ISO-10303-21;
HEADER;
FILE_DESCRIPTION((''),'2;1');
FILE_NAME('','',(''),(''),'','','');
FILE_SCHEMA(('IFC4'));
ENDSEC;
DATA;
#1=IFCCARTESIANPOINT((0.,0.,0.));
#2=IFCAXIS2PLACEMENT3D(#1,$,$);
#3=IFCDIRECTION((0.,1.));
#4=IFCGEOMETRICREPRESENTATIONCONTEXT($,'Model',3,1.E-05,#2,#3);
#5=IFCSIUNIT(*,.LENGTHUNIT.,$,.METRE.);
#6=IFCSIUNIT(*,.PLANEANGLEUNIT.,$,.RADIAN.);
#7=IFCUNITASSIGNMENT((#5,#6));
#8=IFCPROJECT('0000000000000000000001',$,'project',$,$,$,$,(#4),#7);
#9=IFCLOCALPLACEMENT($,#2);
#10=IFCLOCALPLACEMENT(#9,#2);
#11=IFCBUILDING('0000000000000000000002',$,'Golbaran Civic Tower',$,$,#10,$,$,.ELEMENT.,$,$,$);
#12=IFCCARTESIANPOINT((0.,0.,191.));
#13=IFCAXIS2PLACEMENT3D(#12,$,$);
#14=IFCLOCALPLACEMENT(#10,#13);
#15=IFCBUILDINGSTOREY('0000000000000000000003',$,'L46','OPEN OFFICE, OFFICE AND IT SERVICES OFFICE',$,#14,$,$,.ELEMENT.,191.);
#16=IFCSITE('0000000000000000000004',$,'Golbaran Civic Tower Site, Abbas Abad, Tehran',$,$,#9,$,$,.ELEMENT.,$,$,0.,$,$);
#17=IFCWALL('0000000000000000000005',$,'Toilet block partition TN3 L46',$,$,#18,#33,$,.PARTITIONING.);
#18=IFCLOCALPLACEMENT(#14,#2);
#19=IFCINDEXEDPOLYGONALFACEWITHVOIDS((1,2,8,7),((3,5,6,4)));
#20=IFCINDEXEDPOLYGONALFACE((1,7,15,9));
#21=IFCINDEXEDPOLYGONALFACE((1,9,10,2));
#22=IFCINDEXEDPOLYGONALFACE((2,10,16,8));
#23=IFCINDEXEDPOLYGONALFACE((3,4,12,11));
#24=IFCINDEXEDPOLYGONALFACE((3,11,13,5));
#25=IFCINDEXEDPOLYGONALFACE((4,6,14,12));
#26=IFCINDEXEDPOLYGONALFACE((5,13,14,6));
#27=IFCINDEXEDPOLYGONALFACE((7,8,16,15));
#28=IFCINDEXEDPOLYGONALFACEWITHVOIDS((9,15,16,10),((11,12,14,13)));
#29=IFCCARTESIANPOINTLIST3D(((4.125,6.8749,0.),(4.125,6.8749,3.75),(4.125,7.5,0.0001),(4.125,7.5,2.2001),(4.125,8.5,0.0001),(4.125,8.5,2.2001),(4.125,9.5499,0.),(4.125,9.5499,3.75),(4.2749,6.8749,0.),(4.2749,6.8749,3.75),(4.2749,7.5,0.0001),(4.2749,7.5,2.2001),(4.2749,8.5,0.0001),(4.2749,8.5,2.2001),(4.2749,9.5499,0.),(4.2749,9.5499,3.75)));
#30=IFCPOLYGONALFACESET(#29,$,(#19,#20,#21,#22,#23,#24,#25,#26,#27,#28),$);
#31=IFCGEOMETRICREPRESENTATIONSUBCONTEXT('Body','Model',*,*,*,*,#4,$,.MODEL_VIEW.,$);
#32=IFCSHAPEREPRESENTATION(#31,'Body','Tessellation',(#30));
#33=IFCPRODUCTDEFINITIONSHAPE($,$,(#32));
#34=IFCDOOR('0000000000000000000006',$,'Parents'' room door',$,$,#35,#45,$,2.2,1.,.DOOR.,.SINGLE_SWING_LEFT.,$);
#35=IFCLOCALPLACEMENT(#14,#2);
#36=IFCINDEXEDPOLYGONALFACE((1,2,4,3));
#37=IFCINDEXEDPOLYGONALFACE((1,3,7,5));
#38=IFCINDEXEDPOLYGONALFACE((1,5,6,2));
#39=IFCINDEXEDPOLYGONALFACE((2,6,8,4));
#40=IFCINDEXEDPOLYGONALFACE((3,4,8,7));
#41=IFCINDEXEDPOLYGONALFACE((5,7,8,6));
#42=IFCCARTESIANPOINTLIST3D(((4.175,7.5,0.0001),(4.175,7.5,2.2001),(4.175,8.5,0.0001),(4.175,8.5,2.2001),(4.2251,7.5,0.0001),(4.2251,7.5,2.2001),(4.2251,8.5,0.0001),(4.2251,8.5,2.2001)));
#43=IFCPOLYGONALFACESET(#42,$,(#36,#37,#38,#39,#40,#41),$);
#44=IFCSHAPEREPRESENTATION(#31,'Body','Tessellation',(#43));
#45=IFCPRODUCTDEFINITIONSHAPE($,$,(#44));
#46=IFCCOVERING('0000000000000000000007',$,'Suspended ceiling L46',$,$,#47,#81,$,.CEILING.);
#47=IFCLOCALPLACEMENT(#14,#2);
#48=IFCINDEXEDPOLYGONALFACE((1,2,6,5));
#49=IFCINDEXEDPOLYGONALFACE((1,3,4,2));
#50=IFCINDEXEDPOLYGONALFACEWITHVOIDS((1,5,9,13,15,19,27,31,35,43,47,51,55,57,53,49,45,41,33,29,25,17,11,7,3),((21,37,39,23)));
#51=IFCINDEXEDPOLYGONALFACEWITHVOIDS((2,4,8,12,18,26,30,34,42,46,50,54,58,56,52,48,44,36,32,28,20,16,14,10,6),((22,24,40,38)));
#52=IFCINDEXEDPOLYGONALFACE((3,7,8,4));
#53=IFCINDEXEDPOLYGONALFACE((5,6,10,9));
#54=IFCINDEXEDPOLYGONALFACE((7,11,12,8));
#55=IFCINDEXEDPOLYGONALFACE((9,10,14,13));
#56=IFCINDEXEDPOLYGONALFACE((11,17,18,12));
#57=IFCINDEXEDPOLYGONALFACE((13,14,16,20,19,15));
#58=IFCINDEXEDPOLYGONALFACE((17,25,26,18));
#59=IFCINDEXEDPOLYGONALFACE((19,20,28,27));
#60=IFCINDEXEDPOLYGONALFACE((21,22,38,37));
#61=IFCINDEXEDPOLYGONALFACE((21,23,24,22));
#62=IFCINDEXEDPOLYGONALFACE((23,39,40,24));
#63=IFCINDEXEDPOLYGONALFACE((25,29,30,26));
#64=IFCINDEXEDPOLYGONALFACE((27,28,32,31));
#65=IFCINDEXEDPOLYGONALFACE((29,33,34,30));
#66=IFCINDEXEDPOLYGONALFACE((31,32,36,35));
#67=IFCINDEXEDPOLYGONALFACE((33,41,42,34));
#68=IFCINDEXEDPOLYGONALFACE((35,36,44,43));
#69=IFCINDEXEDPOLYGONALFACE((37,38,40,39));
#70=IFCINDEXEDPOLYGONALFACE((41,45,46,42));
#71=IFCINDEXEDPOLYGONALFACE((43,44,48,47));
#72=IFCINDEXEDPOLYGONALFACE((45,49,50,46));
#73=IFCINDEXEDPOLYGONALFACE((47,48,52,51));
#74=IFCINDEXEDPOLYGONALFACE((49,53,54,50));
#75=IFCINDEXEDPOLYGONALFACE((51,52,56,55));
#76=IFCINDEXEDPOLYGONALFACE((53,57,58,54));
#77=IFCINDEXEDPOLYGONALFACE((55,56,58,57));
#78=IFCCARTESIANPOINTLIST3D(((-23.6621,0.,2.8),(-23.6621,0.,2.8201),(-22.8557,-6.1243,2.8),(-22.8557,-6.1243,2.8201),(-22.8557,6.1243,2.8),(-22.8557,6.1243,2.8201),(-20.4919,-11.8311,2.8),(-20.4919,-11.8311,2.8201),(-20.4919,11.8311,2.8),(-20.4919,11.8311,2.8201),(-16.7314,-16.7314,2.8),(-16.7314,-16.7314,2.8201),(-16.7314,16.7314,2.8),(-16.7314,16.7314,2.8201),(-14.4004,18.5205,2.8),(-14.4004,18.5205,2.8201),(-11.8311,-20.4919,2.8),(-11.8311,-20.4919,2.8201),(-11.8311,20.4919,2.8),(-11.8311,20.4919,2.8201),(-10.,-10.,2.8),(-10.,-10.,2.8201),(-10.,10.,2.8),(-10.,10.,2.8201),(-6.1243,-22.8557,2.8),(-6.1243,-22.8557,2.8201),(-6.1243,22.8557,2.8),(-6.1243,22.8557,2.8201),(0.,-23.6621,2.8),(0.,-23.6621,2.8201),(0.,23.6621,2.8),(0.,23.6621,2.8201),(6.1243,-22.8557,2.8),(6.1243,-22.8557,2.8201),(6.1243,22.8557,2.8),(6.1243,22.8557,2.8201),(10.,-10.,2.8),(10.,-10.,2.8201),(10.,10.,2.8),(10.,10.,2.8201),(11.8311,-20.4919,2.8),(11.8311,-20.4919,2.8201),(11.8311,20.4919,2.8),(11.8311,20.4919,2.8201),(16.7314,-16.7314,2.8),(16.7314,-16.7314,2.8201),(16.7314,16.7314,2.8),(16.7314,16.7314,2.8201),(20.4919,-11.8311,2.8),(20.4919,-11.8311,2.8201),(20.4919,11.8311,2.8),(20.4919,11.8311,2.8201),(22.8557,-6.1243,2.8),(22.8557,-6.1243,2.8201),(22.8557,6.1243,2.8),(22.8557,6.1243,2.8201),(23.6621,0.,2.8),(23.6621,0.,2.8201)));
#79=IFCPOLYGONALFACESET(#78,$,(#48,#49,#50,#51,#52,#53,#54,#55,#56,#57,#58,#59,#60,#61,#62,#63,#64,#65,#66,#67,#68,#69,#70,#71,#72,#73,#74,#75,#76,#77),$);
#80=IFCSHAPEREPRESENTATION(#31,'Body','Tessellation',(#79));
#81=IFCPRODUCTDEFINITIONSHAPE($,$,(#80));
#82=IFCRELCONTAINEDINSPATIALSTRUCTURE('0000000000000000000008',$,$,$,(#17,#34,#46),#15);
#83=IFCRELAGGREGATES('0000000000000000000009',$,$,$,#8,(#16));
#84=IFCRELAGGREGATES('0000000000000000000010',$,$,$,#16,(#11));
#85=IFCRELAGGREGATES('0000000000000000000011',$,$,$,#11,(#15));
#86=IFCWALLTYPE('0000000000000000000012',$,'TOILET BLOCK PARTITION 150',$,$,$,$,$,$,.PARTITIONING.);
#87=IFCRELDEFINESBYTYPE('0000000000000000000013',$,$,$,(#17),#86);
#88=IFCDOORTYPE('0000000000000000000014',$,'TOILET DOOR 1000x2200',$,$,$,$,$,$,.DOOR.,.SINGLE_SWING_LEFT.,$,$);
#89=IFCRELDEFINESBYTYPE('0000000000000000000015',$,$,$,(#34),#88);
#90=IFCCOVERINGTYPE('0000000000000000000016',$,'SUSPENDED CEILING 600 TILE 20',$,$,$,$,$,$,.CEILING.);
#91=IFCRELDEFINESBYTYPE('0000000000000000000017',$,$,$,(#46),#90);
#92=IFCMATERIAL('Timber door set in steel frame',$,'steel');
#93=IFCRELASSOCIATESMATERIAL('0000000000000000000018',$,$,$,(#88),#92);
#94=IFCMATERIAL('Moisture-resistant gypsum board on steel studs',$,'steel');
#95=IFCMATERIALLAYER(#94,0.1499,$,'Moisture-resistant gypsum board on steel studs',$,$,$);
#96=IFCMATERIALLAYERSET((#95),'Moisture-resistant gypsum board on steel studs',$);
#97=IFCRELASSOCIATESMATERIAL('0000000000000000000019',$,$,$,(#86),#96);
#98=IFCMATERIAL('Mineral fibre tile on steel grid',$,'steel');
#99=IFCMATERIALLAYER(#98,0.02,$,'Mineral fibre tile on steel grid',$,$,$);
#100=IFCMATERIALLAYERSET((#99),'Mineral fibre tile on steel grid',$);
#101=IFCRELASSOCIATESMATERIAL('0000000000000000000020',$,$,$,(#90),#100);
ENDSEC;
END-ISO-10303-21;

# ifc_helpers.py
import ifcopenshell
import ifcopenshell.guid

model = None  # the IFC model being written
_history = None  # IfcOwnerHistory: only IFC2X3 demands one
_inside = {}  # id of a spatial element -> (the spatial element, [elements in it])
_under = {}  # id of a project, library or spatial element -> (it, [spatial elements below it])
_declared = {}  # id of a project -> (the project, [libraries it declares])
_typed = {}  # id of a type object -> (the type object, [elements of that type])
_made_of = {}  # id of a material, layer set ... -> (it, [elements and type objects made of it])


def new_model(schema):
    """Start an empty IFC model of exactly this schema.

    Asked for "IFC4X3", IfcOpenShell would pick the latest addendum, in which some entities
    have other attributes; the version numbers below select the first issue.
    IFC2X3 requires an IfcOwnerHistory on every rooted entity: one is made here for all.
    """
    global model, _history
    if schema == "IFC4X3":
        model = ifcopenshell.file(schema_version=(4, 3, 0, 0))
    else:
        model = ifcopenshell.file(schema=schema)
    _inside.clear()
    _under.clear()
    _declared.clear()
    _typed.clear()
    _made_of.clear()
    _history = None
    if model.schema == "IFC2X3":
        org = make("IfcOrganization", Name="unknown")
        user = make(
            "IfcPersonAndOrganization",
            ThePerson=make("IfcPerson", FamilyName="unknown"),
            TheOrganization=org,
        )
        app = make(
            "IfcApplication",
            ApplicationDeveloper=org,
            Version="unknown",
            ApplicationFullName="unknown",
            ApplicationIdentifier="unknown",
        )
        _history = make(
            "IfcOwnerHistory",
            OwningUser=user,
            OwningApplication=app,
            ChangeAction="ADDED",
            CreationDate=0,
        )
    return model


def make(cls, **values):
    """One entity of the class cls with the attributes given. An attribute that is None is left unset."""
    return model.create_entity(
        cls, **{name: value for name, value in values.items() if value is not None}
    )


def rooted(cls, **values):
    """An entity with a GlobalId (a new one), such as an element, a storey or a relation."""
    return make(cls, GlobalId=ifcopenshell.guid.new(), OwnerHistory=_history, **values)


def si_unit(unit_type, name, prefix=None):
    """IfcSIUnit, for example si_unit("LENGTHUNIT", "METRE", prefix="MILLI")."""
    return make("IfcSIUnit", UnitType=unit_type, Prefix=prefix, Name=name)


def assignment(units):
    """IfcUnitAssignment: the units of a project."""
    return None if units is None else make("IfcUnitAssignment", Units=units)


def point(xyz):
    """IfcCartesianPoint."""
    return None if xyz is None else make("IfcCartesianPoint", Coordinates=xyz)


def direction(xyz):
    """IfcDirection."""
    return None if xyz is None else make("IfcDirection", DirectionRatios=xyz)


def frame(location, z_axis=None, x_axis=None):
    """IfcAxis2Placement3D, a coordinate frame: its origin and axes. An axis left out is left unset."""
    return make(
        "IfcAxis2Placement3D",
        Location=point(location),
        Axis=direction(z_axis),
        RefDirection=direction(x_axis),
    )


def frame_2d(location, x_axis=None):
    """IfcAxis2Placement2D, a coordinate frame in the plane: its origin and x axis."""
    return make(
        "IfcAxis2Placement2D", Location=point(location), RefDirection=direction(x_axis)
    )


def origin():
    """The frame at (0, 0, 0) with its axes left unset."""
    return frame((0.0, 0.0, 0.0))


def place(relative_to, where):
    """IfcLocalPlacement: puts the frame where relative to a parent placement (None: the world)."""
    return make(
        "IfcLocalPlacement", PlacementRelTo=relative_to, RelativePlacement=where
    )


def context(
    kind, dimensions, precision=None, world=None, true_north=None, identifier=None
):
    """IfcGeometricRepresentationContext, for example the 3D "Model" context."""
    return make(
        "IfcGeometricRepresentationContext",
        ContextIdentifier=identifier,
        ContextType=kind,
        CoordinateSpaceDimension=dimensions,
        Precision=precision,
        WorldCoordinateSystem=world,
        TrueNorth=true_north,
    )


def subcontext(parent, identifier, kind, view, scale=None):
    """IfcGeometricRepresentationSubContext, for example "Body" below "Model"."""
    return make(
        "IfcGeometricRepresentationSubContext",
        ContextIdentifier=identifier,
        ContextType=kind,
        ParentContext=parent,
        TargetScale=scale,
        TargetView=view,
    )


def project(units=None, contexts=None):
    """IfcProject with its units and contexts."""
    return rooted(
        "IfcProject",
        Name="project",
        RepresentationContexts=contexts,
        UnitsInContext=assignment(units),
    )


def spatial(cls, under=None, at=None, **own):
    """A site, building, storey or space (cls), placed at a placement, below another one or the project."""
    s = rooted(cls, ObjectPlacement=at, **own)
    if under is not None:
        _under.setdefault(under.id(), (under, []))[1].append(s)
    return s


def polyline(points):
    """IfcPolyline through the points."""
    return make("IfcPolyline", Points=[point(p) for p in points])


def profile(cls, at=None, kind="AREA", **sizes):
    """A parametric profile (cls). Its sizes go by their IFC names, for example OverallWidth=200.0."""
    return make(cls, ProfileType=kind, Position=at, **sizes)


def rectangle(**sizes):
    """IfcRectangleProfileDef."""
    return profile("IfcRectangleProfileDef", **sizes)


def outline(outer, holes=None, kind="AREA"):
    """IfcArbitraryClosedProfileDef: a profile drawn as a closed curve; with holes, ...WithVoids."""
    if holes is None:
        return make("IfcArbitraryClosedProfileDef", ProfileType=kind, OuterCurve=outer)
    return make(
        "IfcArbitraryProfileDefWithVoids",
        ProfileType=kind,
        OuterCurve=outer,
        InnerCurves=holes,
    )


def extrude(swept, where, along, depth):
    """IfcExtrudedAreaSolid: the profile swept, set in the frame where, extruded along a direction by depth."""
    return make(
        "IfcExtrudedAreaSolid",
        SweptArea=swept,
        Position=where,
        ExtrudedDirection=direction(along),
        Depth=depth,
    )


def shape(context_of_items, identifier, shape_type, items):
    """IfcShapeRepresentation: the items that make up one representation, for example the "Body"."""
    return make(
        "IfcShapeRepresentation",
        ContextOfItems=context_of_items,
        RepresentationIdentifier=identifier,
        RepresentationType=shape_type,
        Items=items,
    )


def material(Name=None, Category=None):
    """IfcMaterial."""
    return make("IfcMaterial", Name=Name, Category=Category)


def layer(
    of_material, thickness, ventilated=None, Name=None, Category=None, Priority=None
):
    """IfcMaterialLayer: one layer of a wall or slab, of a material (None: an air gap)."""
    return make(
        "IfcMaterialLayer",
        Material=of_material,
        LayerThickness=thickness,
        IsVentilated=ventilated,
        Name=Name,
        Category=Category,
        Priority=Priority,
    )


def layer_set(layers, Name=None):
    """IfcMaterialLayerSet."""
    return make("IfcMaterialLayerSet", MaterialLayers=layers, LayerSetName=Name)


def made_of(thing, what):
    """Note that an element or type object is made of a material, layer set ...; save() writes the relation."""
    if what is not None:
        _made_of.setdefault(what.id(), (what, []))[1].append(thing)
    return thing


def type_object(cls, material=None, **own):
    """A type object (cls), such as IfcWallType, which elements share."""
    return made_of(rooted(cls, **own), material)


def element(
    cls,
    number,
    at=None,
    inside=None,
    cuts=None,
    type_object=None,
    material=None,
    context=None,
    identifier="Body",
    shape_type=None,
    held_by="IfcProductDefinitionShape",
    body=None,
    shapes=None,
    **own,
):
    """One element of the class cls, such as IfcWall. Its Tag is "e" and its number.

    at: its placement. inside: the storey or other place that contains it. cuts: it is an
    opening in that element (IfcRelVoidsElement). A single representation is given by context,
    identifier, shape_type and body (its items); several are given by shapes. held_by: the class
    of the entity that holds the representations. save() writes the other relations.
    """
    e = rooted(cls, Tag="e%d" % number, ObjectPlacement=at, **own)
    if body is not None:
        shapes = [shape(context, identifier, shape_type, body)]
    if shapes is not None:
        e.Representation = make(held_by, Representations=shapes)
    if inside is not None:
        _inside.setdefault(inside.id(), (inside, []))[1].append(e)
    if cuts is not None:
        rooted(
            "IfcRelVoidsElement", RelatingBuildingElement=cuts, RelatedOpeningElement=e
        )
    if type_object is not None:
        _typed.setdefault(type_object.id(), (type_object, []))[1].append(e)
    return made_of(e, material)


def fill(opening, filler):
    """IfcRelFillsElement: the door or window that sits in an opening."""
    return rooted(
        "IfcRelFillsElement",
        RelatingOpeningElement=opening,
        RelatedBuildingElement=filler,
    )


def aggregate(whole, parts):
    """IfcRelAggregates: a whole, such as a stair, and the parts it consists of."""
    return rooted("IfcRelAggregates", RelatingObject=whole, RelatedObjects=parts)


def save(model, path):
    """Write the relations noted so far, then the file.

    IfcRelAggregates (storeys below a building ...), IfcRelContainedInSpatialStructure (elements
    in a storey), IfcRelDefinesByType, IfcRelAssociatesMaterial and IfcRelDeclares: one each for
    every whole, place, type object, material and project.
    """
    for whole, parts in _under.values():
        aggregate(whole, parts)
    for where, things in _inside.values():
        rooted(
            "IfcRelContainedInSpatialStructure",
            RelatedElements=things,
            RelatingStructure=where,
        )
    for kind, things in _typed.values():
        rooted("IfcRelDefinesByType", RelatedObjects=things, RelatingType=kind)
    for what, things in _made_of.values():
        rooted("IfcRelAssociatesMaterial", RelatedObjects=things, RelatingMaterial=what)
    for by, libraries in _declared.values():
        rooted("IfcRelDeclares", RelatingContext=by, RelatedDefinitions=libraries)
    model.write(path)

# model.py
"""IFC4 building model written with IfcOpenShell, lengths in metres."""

from ifc_helpers import new_model, si_unit, direction, frame, frame_2d, origin, place, context, subcontext, project, spatial, polyline, rectangle, outline, extrude, material, layer, layer_set, type_object, element, fill, save


model = new_model("IFC4")

# Units and contexts
model_context = context("Model", 3, precision=1e-05, world=origin(), true_north=direction((0.0, 1.0)))
body_context = subcontext(model_context, "Body", "Model", "MODEL_VIEW")
ifc_project = project(units=[si_unit("LENGTHUNIT", "METRE"), si_unit("PLANEANGLEUNIT", "RADIAN")], contexts=[model_context])

# Site, building, storey
site_placement = place(None, origin())
site = spatial("IfcSite", under=ifc_project, at=site_placement, Name="Golbaran Civic Tower Site, Abbas Abad, Tehran", CompositionType="ELEMENT", RefElevation=0.0)
building_placement = place(site_placement, origin())
building = spatial("IfcBuilding", under=site, at=building_placement, Name="Golbaran Civic Tower", CompositionType="ELEMENT")
storey_placement = place(building_placement, frame((0.0, 0.0, 191.0)))
storey = spatial("IfcBuildingStorey", under=building, at=storey_placement, Name="L46", Description="OPEN OFFICE, OFFICE AND IT SERVICES OFFICE", CompositionType="ELEMENT", Elevation=191.0)

# Shared definitions
ifc_material_1 = material(Name="Timber door set in steel frame", Category="steel")

# Shared definitions
door_type_1 = type_object("IfcDoorType", Name="TOILET DOOR 1000x2200", OperationType="SINGLE_SWING_LEFT", PredefinedType="DOOR", material=ifc_material_1)

# Wall, opening, door
ifc_material_2 = material(Name="Moisture-resistant gypsum board on steel studs", Category="steel")
ifc_layer_1 = layer(ifc_material_2, 0.1499, Name="Moisture-resistant gypsum board on steel studs")
ifc_layer_set_1 = layer_set([ifc_layer_1], Name="Moisture-resistant gypsum board on steel studs")
wall_type_1 = type_object("IfcWallType", Name="TOILET BLOCK PARTITION 150", PredefinedType="PARTITIONING", material=ifc_layer_set_1)
wall_1_placement = place(storey_placement, frame((4.2, 6.875, 0.0), z_axis=(0.0, 0.0, 1.0), x_axis=(0.0, 1.0, 0.0)))
wall_1 = element("IfcWall", 1, at=wall_1_placement, inside=storey, type_object=wall_type_1, Name="Toilet block partition TN3 L46", PredefinedType="PARTITIONING", context=body_context, shape_type="SweptSolid", body=[
    extrude(rectangle(XDim=2.675, YDim=0.1499, at=frame_2d((1.3374, 0.0))), origin(), (0.0, 0.0, 1.0), 3.75),
])
opening_1_placement = place(wall_1_placement, frame((0.625, 0.0, 0.0)))
opening_1 = element("IfcOpeningElement", 2, at=opening_1_placement, cuts=wall_1, PredefinedType="OPENING", context=body_context, shape_type="SweptSolid", body=[
    extrude(rectangle(XDim=1.0, YDim=2.2, at=frame_2d((0.5, 1.1001))), frame((0.0, 0.085, 0.0), z_axis=(0.0, -1.0, 0.0), x_axis=(1.0, 0.0, 0.0)), (0.0, 0.0, 1.0), 0.1699),
])
door_1_placement = place(opening_1_placement, origin())
door_1 = element("IfcDoor", 3, at=door_1_placement, inside=storey, type_object=door_type_1, Name="Parents' room door", OperationType="SINGLE_SWING_LEFT", OverallHeight=2.2, OverallWidth=1.0, PredefinedType="DOOR", context=body_context, shape_type="SweptSolid", body=[
    extrude(rectangle(XDim=1.0, YDim=2.2, at=frame_2d((0.5, 1.1001))), frame((0.0, 0.0249, 0.0), z_axis=(0.0, -1.0, 0.0), x_axis=(1.0, 0.0, 0.0)), (0.0, 0.0, 1.0), 0.05),
])
fill(opening_1, door_1)

# Covering
ifc_material_3 = material(Name="Mineral fibre tile on steel grid", Category="steel")
ifc_layer_2 = layer(ifc_material_3, 0.02, Name="Mineral fibre tile on steel grid")
ifc_layer_set_2 = layer_set([ifc_layer_2], Name="Mineral fibre tile on steel grid")
covering_type = type_object("IfcCoveringType", Name="SUSPENDED CEILING 600 TILE 20", PredefinedType="CEILING", material=ifc_layer_set_2)
covering_placement = place(storey_placement, frame((0.0, 0.0, 2.8)))
element("IfcCovering", 4, at=covering_placement, inside=storey, type_object=covering_type, Name="Suspended ceiling L46", PredefinedType="CEILING", context=body_context, shape_type="SweptSolid", body=[
    extrude(outline(polyline([(-23.6621, 0.0), (-22.8557, 6.1243), (-20.4919, 11.8311), (-16.7314, 16.7314), (-14.4004, 18.5205), (-11.8311, 20.4919), (-6.1243, 22.8557), (0.0, 23.6621), (6.1243, 22.8557), (11.8311, 20.4919), (16.7314, 16.7314), (20.4919, 11.8311), (22.8557, 6.1243), (23.6621, 0.0), (22.8557, -6.1243), (20.4919, -11.8311), (16.7314, -16.7314), (11.8311, -20.4919), (6.1243, -22.8557), (0.0, -23.6621), (-6.1243, -22.8557), (-11.8311, -20.4919), (-16.7314, -16.7314), (-20.4919, -11.8311), (-22.8557, -6.1243), (-23.6621, 0.0)]), holes=[polyline([(-10.0, -10.0), (10.0, -10.0), (10.0, 10.0), (-10.0, 10.0), (-10.0, -10.0)])]), origin(), (0.0, 0.0, 1.0), 0.02),
])

save(model, "model.ifc")
